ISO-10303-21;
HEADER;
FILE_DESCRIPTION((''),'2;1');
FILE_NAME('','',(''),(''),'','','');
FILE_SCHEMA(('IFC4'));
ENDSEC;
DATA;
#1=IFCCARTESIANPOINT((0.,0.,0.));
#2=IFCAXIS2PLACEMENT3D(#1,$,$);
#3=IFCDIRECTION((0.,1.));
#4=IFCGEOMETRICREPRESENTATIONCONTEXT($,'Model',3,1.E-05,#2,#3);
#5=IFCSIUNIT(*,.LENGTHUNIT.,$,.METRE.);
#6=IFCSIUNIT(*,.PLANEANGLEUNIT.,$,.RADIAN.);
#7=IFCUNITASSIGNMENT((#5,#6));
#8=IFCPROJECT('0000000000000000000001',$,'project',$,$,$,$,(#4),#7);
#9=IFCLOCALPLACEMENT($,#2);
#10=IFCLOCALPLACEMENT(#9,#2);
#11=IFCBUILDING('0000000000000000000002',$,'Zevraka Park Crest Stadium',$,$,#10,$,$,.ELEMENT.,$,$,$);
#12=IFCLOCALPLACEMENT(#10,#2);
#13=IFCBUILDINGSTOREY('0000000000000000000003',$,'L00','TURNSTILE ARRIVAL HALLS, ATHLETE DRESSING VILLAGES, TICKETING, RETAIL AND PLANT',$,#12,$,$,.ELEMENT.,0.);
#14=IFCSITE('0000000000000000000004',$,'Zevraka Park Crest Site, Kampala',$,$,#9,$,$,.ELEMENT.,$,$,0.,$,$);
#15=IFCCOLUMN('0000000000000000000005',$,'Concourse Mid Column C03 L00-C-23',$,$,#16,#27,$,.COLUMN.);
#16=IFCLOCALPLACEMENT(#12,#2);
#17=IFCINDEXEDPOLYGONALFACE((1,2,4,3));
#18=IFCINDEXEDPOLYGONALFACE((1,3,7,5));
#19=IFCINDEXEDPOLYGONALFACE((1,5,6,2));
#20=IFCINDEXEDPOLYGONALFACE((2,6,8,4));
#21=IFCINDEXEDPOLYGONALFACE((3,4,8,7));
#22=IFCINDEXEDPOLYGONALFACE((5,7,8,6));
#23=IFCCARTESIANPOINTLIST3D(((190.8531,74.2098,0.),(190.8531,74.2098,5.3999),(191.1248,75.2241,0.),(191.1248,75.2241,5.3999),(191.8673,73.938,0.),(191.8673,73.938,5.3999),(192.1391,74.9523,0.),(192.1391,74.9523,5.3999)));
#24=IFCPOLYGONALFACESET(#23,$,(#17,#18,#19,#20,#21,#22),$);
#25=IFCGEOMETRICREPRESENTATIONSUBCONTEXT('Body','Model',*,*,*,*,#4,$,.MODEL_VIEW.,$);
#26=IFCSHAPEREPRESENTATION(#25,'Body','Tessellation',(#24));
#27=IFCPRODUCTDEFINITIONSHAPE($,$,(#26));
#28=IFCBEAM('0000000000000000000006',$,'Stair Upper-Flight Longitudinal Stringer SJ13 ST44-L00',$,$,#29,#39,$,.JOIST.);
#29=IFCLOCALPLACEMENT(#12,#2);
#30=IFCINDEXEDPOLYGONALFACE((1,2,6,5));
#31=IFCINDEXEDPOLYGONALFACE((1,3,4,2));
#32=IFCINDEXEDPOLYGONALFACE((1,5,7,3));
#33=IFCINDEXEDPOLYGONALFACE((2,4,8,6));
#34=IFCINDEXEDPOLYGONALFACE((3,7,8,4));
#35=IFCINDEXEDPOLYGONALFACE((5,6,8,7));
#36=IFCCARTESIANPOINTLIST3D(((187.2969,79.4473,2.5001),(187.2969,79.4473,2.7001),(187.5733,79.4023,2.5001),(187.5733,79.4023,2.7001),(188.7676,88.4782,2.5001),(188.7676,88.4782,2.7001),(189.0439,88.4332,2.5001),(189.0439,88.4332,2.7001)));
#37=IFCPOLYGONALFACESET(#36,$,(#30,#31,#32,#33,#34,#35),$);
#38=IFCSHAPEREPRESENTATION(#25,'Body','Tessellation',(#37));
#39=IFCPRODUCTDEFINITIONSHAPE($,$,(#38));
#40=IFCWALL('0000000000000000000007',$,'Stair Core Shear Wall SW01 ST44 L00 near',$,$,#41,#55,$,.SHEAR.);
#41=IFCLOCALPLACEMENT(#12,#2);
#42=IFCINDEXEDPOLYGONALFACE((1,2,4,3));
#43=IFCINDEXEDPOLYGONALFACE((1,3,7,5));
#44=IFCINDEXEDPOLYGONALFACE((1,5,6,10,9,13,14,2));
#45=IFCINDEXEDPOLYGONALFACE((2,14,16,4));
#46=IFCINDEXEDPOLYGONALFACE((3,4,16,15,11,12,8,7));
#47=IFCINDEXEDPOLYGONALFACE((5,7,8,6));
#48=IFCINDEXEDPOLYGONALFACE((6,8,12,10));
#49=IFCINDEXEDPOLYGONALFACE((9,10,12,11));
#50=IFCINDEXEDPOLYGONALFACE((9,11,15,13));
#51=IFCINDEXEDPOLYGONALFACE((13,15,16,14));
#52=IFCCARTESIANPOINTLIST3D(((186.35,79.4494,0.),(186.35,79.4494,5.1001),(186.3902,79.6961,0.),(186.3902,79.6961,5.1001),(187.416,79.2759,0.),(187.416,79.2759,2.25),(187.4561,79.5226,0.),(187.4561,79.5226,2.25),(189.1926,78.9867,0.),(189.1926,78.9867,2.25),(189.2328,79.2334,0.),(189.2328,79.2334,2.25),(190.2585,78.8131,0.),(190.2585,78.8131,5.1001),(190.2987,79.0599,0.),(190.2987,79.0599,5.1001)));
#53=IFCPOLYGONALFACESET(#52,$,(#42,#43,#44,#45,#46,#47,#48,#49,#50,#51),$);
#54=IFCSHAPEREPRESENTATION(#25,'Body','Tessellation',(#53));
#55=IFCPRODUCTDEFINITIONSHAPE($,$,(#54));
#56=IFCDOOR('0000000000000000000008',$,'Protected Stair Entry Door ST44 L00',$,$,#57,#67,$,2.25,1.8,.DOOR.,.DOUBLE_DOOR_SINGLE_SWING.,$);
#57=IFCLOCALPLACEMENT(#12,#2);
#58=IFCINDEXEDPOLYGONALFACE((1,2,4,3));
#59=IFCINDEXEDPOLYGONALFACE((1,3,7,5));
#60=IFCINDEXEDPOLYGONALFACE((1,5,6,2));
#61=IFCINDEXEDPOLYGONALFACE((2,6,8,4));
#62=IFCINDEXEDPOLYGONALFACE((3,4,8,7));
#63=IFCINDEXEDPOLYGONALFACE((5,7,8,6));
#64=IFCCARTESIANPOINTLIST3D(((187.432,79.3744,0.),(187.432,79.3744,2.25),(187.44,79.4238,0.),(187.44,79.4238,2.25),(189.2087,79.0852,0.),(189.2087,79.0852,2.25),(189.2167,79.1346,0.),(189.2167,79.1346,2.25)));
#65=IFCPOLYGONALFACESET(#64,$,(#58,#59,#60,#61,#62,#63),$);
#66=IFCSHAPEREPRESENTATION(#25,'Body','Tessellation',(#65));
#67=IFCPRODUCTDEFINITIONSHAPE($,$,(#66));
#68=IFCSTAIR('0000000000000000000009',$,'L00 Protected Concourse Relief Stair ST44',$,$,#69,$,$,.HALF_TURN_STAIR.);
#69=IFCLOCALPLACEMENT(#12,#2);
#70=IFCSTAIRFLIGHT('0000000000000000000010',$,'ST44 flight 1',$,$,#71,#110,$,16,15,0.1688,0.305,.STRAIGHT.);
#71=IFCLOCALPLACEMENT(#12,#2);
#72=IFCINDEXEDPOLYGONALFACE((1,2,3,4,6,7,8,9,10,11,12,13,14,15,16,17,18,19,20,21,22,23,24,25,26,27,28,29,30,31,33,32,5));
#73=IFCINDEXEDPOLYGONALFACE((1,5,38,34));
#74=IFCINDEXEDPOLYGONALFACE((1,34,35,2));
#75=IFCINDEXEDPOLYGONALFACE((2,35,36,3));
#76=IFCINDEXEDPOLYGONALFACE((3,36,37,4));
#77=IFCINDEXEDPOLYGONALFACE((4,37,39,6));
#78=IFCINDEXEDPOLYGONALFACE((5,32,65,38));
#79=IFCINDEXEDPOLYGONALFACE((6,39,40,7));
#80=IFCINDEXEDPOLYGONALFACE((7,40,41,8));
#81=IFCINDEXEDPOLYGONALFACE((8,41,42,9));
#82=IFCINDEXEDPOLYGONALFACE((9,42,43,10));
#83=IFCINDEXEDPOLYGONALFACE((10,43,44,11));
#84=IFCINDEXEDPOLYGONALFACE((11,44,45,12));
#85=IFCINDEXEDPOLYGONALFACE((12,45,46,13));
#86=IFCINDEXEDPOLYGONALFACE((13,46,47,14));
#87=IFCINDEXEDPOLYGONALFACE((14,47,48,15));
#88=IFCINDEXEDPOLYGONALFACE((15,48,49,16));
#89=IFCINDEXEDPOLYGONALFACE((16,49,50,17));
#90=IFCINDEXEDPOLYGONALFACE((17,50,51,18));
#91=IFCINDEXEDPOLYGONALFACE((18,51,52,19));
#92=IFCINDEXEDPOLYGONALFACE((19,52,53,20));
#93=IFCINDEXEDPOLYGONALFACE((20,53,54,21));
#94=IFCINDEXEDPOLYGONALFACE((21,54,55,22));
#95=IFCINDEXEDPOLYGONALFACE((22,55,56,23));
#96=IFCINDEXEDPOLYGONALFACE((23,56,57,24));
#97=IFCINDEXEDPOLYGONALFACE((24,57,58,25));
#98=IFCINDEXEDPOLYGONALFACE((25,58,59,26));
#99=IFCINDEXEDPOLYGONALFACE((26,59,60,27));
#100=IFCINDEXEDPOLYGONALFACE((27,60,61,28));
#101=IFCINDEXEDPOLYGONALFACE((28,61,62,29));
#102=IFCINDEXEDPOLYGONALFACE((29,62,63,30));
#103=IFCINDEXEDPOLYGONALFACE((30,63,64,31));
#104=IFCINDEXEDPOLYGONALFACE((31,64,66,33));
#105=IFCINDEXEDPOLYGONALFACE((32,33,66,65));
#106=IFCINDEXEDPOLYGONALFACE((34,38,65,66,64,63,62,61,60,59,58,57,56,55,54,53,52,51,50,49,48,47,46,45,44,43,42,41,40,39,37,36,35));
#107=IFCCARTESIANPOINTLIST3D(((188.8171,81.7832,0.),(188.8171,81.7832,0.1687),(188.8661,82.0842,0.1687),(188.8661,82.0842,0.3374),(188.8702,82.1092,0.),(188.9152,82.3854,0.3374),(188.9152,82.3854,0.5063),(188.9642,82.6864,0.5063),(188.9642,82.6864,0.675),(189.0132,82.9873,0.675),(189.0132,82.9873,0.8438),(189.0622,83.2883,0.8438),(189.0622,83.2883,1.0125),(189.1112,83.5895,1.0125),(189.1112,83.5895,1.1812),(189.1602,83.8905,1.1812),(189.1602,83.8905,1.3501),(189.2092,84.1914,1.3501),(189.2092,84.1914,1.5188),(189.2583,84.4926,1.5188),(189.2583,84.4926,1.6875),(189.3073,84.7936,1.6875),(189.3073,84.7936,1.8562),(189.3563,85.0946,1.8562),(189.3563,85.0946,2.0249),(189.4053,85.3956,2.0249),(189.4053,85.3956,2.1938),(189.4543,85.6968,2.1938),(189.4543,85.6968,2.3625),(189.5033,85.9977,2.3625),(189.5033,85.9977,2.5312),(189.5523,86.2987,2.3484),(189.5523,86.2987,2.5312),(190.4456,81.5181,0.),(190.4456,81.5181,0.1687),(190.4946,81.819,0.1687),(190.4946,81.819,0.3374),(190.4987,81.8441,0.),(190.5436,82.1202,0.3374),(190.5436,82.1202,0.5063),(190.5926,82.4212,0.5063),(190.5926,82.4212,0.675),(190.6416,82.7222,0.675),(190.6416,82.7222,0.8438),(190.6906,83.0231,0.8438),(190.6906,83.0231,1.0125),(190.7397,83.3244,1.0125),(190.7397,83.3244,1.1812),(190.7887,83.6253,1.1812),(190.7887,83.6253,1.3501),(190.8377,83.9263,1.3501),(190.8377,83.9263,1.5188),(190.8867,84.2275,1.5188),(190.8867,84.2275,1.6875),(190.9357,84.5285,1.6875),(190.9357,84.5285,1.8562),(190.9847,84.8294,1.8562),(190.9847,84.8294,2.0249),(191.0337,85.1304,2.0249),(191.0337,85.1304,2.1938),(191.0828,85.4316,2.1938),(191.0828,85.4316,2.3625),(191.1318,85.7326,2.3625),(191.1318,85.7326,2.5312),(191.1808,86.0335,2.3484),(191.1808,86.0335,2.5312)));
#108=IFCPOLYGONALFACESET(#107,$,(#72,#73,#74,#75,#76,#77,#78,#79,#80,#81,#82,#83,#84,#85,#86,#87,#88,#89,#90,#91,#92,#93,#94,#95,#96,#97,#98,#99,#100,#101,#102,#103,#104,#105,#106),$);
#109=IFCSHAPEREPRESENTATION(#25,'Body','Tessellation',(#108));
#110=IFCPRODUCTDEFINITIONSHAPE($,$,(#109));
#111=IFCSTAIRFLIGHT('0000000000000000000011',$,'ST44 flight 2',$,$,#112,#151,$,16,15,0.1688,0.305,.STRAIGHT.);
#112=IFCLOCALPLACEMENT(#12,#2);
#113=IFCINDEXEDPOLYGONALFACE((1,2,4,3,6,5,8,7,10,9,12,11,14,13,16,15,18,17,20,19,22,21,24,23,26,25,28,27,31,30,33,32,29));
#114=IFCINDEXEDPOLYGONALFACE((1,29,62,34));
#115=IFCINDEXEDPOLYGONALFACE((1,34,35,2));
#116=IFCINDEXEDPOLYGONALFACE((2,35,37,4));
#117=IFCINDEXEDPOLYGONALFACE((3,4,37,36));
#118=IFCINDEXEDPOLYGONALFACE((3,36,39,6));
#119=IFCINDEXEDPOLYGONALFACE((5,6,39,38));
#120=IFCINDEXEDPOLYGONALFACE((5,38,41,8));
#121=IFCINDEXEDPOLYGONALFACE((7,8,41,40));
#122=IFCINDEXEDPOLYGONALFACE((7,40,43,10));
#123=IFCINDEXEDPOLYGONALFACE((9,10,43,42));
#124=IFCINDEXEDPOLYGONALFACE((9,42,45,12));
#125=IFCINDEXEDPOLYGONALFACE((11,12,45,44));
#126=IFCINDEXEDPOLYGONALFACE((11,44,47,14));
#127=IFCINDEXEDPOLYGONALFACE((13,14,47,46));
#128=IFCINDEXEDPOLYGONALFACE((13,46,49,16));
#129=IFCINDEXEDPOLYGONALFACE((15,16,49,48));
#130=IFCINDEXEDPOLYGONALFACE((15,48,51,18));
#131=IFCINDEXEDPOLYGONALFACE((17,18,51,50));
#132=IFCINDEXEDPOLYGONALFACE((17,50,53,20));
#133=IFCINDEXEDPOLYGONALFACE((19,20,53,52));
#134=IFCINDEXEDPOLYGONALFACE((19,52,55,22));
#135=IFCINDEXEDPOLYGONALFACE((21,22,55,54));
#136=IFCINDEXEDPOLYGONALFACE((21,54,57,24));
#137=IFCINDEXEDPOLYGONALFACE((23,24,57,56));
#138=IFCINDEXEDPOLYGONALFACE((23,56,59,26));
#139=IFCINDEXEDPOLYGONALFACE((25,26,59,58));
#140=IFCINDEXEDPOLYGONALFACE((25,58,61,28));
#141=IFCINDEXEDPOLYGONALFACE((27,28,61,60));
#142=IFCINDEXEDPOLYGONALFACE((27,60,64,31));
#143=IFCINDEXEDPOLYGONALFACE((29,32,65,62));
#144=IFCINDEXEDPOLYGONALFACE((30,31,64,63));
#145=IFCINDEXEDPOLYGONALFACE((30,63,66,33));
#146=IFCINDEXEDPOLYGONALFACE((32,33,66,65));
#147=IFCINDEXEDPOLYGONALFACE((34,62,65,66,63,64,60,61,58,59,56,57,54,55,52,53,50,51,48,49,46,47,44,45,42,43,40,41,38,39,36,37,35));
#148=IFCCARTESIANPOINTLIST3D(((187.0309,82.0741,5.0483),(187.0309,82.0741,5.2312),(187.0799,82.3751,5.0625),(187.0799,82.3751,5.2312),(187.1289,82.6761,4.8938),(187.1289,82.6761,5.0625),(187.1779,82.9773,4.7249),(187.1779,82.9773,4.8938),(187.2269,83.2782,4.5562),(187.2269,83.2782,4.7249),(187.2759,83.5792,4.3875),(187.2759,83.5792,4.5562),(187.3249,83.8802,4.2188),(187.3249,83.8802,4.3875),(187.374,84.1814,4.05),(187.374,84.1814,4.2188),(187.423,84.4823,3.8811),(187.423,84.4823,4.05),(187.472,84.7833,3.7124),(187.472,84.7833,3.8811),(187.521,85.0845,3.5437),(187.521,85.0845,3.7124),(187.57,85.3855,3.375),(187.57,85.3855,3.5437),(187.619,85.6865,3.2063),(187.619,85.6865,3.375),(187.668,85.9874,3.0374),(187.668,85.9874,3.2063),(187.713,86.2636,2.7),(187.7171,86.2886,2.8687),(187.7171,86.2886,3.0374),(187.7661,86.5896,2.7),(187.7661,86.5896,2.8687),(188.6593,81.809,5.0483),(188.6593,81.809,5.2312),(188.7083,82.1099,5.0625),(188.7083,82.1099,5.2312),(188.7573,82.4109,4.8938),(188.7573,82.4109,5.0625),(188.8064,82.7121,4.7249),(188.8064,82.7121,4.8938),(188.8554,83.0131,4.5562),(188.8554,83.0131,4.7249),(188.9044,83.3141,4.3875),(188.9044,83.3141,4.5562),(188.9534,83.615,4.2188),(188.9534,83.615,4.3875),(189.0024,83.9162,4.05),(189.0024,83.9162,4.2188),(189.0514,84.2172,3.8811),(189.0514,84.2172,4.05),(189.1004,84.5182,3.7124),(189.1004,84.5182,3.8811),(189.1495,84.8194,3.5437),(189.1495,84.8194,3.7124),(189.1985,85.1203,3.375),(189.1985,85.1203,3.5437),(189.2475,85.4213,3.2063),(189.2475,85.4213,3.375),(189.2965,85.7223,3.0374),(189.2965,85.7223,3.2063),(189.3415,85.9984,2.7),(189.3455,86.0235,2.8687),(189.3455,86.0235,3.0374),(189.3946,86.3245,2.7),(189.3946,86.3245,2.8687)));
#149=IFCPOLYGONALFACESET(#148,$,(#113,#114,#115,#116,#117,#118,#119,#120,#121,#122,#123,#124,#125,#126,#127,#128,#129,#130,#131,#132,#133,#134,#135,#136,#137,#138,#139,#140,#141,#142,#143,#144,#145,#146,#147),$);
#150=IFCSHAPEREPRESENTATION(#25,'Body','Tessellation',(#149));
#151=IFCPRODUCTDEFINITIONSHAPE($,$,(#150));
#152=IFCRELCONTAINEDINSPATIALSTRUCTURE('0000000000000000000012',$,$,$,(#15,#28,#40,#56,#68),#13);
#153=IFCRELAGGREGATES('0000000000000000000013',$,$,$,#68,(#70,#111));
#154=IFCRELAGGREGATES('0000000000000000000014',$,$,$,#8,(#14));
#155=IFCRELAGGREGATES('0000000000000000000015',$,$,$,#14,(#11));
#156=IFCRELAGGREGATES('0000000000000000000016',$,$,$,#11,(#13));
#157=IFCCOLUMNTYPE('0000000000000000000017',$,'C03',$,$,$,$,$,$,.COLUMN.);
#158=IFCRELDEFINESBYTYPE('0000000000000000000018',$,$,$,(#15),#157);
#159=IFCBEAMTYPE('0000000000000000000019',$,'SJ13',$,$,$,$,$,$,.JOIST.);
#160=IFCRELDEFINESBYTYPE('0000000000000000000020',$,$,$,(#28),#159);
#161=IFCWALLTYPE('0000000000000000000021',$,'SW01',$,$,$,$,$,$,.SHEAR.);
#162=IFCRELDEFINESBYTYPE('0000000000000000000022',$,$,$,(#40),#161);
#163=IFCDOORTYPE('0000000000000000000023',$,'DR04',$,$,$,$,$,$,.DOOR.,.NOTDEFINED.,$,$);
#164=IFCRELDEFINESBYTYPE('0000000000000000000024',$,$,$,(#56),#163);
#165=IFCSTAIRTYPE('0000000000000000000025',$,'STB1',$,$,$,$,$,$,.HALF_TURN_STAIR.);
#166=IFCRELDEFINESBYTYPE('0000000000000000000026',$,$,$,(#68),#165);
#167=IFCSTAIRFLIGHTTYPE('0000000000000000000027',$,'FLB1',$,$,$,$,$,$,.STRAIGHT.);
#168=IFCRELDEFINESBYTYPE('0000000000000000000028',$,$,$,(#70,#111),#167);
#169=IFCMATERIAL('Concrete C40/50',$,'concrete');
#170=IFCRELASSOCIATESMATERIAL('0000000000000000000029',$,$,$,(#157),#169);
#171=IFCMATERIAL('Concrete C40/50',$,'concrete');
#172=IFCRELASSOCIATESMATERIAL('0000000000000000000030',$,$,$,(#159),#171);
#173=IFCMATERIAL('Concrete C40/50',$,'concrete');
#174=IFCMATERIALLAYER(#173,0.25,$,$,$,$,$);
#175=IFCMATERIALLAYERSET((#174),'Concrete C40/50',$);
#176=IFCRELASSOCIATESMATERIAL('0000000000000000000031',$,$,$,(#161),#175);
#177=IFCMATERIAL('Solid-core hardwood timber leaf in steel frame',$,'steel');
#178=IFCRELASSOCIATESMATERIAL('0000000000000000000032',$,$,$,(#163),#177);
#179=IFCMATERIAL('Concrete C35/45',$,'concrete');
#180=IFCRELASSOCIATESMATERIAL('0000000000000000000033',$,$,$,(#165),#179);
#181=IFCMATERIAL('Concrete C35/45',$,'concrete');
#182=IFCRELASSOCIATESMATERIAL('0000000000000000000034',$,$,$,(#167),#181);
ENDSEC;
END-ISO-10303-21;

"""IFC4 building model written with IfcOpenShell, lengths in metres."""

from ifc_helpers import new_model, si_unit, direction, frame, frame_2d, origin, origin_2d, place, context, subcontext, project, spatial, polyline, rectangle, outline, extrude, material, layer, layer_set, material_profile, profile_set, type_object, element, fill, aggregate, save


model = new_model("IFC4")

# Units and contexts
model_context = context("Model", 3, precision=1e-05, world=origin(), true_north=direction((0.0, 1.0)))
body_context = subcontext(model_context, "Body", "Model", "MODEL_VIEW")
ifc_project = project(units=[si_unit("LENGTHUNIT", "METRE"), si_unit("PLANEANGLEUNIT", "RADIAN")], contexts=[model_context])

# Site, building, storey
site_placement = place(None, origin())
site = spatial("IfcSite", under=ifc_project, at=site_placement, Name="Zevraka Park Crest Site, Kampala", CompositionType="ELEMENT", RefElevation=0.0)
building_placement = place(site_placement, origin())
building = spatial("IfcBuilding", under=site, at=building_placement, Name="Zevraka Park Crest Stadium", CompositionType="ELEMENT")
storey_placement = place(building_placement, origin())
storey = spatial("IfcBuildingStorey", under=building, at=storey_placement, Name="L00", Description="TURNSTILE ARRIVAL HALLS, ATHLETE DRESSING VILLAGES, TICKETING, RETAIL AND PLANT", CompositionType="ELEMENT", Elevation=0.0)

# Column
ifc_material_1 = material(Name="Concrete C40/50", Category="concrete")
ifc_material_profile_1 = material_profile(ifc_material_1, rectangle(XDim=1.05, YDim=1.05, at=origin_2d()), Name="RC 1050x1050")
ifc_profile_set_1 = profile_set([ifc_material_profile_1], Name="Concrete C40/50")
column_type_1 = type_object("IfcColumnType", Name="C03", PredefinedType="COLUMN", material=ifc_profile_set_1)
column_1_placement = place(storey_placement, frame((191.4961, 74.5811, 0.0), z_axis=(0.0, 0.0, 1.0), x_axis=(-0.965926, 0.258819, 0.0)))
element("IfcColumn", 1, at=column_1_placement, inside=storey, type_object=column_type_1, Name="Concourse Mid Column C03 L00-C-23", PredefinedType="COLUMN", context=body_context, shape_type="SweptSolid", body=[
    extrude(rectangle(XDim=1.05, YDim=1.05, at=origin_2d()), origin(), (0.0, 0.0, 1.0), 5.3999),
])

# Beam
ifc_material_2 = material(Name="Concrete C40/50", Category="concrete")
ifc_material_profile_2 = material_profile(ifc_material_2, rectangle(XDim=0.28, YDim=0.2, at=origin_2d()), Name="RC 200x280")
ifc_profile_set_2 = profile_set([ifc_material_profile_2], Name="Concrete C40/50")
beam_type = type_object("IfcBeamType", Name="SJ13", PredefinedType="JOIST", material=ifc_profile_set_2)
beam_placement = place(storey_placement, frame((187.4351, 79.4248, 2.6001), z_axis=(0.160733, 0.986998, 0.0), x_axis=(-0.986998, 0.160733, 0.0)))
element("IfcBeam", 2, at=beam_placement, inside=storey, type_object=beam_type, Name="Stair Upper-Flight Longitudinal Stringer SJ13 ST44-L00", PredefinedType="JOIST", context=body_context, shape_type="SweptSolid", body=[
    extrude(rectangle(XDim=0.28, YDim=0.2, at=origin_2d()), origin(), (0.0, 0.0, 1.0), 9.1499),
])

# Wall, opening, door
ifc_material_3 = material(Name="Concrete C40/50", Category="concrete")
ifc_layer = layer(ifc_material_3, 0.25)
ifc_layer_set = layer_set([ifc_layer], Name="Concrete C40/50")
wall_type = type_object("IfcWallType", Name="SW01", PredefinedType="SHEAR", material=ifc_layer_set)
wall_placement = place(storey_placement, frame((186.3701, 79.5728, 0.0), z_axis=(0.0, 0.0, 1.0), x_axis=(0.987008, -0.160669, 0.0)))
wall = element("IfcWall", 3, at=wall_placement, inside=storey, type_object=wall_type, Name="Stair Core Shear Wall SW01 ST44 L00 near", PredefinedType="SHEAR", context=body_context, shape_type="SweptSolid", body=[
    extrude(rectangle(XDim=3.96, YDim=0.25, at=frame_2d((1.98, 0.0))), origin(), (0.0, 0.0, 1.0), 5.1001),
])
opening_placement = place(wall_placement, frame((1.0801, 0.0, 0.0)))
opening = element("IfcOpeningElement", 4, at=opening_placement, cuts=wall, PredefinedType="OPENING", context=body_context, shape_type="SweptSolid", body=[
    extrude(rectangle(XDim=1.8, YDim=2.25, at=frame_2d((0.8999, 1.125))), frame((0.0, 0.135, 0.0), z_axis=(0.0, -1.0, 0.0), x_axis=(1.0, 0.0, 0.0)), (0.0, 0.0, 1.0), 0.27),
])
ifc_material_4 = material(Name="Solid-core hardwood timber leaf in steel frame", Category="steel")
door_type = type_object("IfcDoorType", Name="DR04", OperationType="NOTDEFINED", PredefinedType="DOOR", material=ifc_material_4)
door_placement = place(opening_placement, origin())
door = element("IfcDoor", 5, at=door_placement, inside=storey, type_object=door_type, Name="Protected Stair Entry Door ST44 L00", OperationType="DOUBLE_DOOR_SINGLE_SWING", OverallHeight=2.25, OverallWidth=1.8, PredefinedType="DOOR", context=body_context, shape_type="SweptSolid", body=[
    extrude(rectangle(XDim=1.8, YDim=2.25, at=frame_2d((0.8999, 1.125))), frame((0.0, 0.0249, 0.0), z_axis=(0.0, -1.0, 0.0), x_axis=(1.0, 0.0, 0.0)), (0.0, 0.0, 1.0), 0.05),
])
fill(opening, door)

# Stair, stair flights
ifc_material_5 = material(Name="Concrete C35/45", Category="concrete")
stair_type = type_object("IfcStairType", Name="STB1", PredefinedType="HALF_TURN_STAIR", material=ifc_material_5)
stair_placement = place(storey_placement, origin())
stair = element("IfcStair", 6, at=stair_placement, inside=storey, type_object=stair_type, Name="L00 Protected Concourse Relief Stair ST44", PredefinedType="HALF_TURN_STAIR")
ifc_material_6 = material(Name="Concrete C35/45", Category="concrete")
stair_flight_type = type_object("IfcStairFlightType", Name="FLB1", PredefinedType="STRAIGHT", material=ifc_material_6)
stair_flight_1_placement = place(storey_placement, frame((189.6313, 81.6506, 0.0), z_axis=(0.0, 0.0, 1.0), x_axis=(0.160706, 0.987002, 0.0)))
stair_flight_1 = element("IfcStairFlight", 7, at=stair_flight_1_placement, type_object=stair_flight_type, Name="ST44 flight 1", NumberOfRisers=16, NumberOfTreads=15, PredefinedType="STRAIGHT", RiserHeight=0.1688, TreadLength=0.305, context=body_context, shape_type="SweptSolid", body=[
    extrude(outline(polyline([(0.0, 0.0), (0.0, 0.1687), (0.3049, 0.1687), (0.3049, 0.3374), (0.6101, 0.3374), (0.6101, 0.5063), (0.915, 0.5063), (0.915, 0.675), (1.22, 0.675), (1.22, 0.8438), (1.5249, 0.8438), (1.5249, 1.0125), (1.8301, 1.0125), (1.8301, 1.1812), (2.135, 1.1812), (2.135, 1.3501), (2.4399, 1.3501), (2.4399, 1.5188), (2.7451, 1.5188), (2.7451, 1.6875), (3.05, 1.6875), (3.05, 1.8562), (3.355, 1.8562), (3.355, 2.0249), (3.6599, 2.0249), (3.6599, 2.1938), (3.9651, 2.1938), (3.9651, 2.3625), (4.27, 2.3625), (4.27, 2.5312), (4.575, 2.5312), (4.575, 2.7), (4.575, 2.3484), (0.3303, 0.0), (0.0, 0.0)])), frame((0.0, 0.825, 0.0), z_axis=(0.0, -1.0, 0.0), x_axis=(1.0, 0.0, 0.0)), (0.0, 0.0, 1.0), 1.6499),
])
stair_flight_2_placement = place(storey_placement, frame((188.5803, 86.457, 2.7), z_axis=(0.0, 0.0, 1.0), x_axis=(-0.160706, -0.987002, 0.0)))
stair_flight_2 = element("IfcStairFlight", 8, at=stair_flight_2_placement, type_object=stair_flight_type, Name="ST44 flight 2", NumberOfRisers=16, NumberOfTreads=15, PredefinedType="STRAIGHT", RiserHeight=0.1688, TreadLength=0.305, context=body_context, shape_type="SweptSolid", body=[
    extrude(outline(polyline([(0.0, 0.0), (0.0, 0.1687), (0.3049, 0.1687), (0.3049, 0.3374), (0.6101, 0.3374), (0.6101, 0.5063), (0.915, 0.5063), (0.915, 0.675), (1.22, 0.675), (1.22, 0.8438), (1.5249, 0.8438), (1.5249, 1.0125), (1.8301, 1.0125), (1.8301, 1.1812), (2.135, 1.1812), (2.135, 1.3501), (2.4399, 1.3501), (2.4399, 1.5188), (2.7451, 1.5188), (2.7451, 1.6875), (3.05, 1.6875), (3.05, 1.8562), (3.355, 1.8562), (3.355, 2.0249), (3.6599, 2.0249), (3.6599, 2.1938), (3.9651, 2.1938), (3.9651, 2.3625), (4.27, 2.3625), (4.27, 2.5312), (4.575, 2.5312), (4.575, 2.7), (4.575, 2.3484), (0.3303, 0.0), (0.0, 0.0)])), frame((0.0, 0.825, 0.0), z_axis=(0.0, -1.0, 0.0), x_axis=(1.0, 0.0, 0.0)), (0.0, 0.0, 1.0), 1.6499),
])
aggregate(stair, [stair_flight_1, stair_flight_2])

save(model, "model.ifc")
